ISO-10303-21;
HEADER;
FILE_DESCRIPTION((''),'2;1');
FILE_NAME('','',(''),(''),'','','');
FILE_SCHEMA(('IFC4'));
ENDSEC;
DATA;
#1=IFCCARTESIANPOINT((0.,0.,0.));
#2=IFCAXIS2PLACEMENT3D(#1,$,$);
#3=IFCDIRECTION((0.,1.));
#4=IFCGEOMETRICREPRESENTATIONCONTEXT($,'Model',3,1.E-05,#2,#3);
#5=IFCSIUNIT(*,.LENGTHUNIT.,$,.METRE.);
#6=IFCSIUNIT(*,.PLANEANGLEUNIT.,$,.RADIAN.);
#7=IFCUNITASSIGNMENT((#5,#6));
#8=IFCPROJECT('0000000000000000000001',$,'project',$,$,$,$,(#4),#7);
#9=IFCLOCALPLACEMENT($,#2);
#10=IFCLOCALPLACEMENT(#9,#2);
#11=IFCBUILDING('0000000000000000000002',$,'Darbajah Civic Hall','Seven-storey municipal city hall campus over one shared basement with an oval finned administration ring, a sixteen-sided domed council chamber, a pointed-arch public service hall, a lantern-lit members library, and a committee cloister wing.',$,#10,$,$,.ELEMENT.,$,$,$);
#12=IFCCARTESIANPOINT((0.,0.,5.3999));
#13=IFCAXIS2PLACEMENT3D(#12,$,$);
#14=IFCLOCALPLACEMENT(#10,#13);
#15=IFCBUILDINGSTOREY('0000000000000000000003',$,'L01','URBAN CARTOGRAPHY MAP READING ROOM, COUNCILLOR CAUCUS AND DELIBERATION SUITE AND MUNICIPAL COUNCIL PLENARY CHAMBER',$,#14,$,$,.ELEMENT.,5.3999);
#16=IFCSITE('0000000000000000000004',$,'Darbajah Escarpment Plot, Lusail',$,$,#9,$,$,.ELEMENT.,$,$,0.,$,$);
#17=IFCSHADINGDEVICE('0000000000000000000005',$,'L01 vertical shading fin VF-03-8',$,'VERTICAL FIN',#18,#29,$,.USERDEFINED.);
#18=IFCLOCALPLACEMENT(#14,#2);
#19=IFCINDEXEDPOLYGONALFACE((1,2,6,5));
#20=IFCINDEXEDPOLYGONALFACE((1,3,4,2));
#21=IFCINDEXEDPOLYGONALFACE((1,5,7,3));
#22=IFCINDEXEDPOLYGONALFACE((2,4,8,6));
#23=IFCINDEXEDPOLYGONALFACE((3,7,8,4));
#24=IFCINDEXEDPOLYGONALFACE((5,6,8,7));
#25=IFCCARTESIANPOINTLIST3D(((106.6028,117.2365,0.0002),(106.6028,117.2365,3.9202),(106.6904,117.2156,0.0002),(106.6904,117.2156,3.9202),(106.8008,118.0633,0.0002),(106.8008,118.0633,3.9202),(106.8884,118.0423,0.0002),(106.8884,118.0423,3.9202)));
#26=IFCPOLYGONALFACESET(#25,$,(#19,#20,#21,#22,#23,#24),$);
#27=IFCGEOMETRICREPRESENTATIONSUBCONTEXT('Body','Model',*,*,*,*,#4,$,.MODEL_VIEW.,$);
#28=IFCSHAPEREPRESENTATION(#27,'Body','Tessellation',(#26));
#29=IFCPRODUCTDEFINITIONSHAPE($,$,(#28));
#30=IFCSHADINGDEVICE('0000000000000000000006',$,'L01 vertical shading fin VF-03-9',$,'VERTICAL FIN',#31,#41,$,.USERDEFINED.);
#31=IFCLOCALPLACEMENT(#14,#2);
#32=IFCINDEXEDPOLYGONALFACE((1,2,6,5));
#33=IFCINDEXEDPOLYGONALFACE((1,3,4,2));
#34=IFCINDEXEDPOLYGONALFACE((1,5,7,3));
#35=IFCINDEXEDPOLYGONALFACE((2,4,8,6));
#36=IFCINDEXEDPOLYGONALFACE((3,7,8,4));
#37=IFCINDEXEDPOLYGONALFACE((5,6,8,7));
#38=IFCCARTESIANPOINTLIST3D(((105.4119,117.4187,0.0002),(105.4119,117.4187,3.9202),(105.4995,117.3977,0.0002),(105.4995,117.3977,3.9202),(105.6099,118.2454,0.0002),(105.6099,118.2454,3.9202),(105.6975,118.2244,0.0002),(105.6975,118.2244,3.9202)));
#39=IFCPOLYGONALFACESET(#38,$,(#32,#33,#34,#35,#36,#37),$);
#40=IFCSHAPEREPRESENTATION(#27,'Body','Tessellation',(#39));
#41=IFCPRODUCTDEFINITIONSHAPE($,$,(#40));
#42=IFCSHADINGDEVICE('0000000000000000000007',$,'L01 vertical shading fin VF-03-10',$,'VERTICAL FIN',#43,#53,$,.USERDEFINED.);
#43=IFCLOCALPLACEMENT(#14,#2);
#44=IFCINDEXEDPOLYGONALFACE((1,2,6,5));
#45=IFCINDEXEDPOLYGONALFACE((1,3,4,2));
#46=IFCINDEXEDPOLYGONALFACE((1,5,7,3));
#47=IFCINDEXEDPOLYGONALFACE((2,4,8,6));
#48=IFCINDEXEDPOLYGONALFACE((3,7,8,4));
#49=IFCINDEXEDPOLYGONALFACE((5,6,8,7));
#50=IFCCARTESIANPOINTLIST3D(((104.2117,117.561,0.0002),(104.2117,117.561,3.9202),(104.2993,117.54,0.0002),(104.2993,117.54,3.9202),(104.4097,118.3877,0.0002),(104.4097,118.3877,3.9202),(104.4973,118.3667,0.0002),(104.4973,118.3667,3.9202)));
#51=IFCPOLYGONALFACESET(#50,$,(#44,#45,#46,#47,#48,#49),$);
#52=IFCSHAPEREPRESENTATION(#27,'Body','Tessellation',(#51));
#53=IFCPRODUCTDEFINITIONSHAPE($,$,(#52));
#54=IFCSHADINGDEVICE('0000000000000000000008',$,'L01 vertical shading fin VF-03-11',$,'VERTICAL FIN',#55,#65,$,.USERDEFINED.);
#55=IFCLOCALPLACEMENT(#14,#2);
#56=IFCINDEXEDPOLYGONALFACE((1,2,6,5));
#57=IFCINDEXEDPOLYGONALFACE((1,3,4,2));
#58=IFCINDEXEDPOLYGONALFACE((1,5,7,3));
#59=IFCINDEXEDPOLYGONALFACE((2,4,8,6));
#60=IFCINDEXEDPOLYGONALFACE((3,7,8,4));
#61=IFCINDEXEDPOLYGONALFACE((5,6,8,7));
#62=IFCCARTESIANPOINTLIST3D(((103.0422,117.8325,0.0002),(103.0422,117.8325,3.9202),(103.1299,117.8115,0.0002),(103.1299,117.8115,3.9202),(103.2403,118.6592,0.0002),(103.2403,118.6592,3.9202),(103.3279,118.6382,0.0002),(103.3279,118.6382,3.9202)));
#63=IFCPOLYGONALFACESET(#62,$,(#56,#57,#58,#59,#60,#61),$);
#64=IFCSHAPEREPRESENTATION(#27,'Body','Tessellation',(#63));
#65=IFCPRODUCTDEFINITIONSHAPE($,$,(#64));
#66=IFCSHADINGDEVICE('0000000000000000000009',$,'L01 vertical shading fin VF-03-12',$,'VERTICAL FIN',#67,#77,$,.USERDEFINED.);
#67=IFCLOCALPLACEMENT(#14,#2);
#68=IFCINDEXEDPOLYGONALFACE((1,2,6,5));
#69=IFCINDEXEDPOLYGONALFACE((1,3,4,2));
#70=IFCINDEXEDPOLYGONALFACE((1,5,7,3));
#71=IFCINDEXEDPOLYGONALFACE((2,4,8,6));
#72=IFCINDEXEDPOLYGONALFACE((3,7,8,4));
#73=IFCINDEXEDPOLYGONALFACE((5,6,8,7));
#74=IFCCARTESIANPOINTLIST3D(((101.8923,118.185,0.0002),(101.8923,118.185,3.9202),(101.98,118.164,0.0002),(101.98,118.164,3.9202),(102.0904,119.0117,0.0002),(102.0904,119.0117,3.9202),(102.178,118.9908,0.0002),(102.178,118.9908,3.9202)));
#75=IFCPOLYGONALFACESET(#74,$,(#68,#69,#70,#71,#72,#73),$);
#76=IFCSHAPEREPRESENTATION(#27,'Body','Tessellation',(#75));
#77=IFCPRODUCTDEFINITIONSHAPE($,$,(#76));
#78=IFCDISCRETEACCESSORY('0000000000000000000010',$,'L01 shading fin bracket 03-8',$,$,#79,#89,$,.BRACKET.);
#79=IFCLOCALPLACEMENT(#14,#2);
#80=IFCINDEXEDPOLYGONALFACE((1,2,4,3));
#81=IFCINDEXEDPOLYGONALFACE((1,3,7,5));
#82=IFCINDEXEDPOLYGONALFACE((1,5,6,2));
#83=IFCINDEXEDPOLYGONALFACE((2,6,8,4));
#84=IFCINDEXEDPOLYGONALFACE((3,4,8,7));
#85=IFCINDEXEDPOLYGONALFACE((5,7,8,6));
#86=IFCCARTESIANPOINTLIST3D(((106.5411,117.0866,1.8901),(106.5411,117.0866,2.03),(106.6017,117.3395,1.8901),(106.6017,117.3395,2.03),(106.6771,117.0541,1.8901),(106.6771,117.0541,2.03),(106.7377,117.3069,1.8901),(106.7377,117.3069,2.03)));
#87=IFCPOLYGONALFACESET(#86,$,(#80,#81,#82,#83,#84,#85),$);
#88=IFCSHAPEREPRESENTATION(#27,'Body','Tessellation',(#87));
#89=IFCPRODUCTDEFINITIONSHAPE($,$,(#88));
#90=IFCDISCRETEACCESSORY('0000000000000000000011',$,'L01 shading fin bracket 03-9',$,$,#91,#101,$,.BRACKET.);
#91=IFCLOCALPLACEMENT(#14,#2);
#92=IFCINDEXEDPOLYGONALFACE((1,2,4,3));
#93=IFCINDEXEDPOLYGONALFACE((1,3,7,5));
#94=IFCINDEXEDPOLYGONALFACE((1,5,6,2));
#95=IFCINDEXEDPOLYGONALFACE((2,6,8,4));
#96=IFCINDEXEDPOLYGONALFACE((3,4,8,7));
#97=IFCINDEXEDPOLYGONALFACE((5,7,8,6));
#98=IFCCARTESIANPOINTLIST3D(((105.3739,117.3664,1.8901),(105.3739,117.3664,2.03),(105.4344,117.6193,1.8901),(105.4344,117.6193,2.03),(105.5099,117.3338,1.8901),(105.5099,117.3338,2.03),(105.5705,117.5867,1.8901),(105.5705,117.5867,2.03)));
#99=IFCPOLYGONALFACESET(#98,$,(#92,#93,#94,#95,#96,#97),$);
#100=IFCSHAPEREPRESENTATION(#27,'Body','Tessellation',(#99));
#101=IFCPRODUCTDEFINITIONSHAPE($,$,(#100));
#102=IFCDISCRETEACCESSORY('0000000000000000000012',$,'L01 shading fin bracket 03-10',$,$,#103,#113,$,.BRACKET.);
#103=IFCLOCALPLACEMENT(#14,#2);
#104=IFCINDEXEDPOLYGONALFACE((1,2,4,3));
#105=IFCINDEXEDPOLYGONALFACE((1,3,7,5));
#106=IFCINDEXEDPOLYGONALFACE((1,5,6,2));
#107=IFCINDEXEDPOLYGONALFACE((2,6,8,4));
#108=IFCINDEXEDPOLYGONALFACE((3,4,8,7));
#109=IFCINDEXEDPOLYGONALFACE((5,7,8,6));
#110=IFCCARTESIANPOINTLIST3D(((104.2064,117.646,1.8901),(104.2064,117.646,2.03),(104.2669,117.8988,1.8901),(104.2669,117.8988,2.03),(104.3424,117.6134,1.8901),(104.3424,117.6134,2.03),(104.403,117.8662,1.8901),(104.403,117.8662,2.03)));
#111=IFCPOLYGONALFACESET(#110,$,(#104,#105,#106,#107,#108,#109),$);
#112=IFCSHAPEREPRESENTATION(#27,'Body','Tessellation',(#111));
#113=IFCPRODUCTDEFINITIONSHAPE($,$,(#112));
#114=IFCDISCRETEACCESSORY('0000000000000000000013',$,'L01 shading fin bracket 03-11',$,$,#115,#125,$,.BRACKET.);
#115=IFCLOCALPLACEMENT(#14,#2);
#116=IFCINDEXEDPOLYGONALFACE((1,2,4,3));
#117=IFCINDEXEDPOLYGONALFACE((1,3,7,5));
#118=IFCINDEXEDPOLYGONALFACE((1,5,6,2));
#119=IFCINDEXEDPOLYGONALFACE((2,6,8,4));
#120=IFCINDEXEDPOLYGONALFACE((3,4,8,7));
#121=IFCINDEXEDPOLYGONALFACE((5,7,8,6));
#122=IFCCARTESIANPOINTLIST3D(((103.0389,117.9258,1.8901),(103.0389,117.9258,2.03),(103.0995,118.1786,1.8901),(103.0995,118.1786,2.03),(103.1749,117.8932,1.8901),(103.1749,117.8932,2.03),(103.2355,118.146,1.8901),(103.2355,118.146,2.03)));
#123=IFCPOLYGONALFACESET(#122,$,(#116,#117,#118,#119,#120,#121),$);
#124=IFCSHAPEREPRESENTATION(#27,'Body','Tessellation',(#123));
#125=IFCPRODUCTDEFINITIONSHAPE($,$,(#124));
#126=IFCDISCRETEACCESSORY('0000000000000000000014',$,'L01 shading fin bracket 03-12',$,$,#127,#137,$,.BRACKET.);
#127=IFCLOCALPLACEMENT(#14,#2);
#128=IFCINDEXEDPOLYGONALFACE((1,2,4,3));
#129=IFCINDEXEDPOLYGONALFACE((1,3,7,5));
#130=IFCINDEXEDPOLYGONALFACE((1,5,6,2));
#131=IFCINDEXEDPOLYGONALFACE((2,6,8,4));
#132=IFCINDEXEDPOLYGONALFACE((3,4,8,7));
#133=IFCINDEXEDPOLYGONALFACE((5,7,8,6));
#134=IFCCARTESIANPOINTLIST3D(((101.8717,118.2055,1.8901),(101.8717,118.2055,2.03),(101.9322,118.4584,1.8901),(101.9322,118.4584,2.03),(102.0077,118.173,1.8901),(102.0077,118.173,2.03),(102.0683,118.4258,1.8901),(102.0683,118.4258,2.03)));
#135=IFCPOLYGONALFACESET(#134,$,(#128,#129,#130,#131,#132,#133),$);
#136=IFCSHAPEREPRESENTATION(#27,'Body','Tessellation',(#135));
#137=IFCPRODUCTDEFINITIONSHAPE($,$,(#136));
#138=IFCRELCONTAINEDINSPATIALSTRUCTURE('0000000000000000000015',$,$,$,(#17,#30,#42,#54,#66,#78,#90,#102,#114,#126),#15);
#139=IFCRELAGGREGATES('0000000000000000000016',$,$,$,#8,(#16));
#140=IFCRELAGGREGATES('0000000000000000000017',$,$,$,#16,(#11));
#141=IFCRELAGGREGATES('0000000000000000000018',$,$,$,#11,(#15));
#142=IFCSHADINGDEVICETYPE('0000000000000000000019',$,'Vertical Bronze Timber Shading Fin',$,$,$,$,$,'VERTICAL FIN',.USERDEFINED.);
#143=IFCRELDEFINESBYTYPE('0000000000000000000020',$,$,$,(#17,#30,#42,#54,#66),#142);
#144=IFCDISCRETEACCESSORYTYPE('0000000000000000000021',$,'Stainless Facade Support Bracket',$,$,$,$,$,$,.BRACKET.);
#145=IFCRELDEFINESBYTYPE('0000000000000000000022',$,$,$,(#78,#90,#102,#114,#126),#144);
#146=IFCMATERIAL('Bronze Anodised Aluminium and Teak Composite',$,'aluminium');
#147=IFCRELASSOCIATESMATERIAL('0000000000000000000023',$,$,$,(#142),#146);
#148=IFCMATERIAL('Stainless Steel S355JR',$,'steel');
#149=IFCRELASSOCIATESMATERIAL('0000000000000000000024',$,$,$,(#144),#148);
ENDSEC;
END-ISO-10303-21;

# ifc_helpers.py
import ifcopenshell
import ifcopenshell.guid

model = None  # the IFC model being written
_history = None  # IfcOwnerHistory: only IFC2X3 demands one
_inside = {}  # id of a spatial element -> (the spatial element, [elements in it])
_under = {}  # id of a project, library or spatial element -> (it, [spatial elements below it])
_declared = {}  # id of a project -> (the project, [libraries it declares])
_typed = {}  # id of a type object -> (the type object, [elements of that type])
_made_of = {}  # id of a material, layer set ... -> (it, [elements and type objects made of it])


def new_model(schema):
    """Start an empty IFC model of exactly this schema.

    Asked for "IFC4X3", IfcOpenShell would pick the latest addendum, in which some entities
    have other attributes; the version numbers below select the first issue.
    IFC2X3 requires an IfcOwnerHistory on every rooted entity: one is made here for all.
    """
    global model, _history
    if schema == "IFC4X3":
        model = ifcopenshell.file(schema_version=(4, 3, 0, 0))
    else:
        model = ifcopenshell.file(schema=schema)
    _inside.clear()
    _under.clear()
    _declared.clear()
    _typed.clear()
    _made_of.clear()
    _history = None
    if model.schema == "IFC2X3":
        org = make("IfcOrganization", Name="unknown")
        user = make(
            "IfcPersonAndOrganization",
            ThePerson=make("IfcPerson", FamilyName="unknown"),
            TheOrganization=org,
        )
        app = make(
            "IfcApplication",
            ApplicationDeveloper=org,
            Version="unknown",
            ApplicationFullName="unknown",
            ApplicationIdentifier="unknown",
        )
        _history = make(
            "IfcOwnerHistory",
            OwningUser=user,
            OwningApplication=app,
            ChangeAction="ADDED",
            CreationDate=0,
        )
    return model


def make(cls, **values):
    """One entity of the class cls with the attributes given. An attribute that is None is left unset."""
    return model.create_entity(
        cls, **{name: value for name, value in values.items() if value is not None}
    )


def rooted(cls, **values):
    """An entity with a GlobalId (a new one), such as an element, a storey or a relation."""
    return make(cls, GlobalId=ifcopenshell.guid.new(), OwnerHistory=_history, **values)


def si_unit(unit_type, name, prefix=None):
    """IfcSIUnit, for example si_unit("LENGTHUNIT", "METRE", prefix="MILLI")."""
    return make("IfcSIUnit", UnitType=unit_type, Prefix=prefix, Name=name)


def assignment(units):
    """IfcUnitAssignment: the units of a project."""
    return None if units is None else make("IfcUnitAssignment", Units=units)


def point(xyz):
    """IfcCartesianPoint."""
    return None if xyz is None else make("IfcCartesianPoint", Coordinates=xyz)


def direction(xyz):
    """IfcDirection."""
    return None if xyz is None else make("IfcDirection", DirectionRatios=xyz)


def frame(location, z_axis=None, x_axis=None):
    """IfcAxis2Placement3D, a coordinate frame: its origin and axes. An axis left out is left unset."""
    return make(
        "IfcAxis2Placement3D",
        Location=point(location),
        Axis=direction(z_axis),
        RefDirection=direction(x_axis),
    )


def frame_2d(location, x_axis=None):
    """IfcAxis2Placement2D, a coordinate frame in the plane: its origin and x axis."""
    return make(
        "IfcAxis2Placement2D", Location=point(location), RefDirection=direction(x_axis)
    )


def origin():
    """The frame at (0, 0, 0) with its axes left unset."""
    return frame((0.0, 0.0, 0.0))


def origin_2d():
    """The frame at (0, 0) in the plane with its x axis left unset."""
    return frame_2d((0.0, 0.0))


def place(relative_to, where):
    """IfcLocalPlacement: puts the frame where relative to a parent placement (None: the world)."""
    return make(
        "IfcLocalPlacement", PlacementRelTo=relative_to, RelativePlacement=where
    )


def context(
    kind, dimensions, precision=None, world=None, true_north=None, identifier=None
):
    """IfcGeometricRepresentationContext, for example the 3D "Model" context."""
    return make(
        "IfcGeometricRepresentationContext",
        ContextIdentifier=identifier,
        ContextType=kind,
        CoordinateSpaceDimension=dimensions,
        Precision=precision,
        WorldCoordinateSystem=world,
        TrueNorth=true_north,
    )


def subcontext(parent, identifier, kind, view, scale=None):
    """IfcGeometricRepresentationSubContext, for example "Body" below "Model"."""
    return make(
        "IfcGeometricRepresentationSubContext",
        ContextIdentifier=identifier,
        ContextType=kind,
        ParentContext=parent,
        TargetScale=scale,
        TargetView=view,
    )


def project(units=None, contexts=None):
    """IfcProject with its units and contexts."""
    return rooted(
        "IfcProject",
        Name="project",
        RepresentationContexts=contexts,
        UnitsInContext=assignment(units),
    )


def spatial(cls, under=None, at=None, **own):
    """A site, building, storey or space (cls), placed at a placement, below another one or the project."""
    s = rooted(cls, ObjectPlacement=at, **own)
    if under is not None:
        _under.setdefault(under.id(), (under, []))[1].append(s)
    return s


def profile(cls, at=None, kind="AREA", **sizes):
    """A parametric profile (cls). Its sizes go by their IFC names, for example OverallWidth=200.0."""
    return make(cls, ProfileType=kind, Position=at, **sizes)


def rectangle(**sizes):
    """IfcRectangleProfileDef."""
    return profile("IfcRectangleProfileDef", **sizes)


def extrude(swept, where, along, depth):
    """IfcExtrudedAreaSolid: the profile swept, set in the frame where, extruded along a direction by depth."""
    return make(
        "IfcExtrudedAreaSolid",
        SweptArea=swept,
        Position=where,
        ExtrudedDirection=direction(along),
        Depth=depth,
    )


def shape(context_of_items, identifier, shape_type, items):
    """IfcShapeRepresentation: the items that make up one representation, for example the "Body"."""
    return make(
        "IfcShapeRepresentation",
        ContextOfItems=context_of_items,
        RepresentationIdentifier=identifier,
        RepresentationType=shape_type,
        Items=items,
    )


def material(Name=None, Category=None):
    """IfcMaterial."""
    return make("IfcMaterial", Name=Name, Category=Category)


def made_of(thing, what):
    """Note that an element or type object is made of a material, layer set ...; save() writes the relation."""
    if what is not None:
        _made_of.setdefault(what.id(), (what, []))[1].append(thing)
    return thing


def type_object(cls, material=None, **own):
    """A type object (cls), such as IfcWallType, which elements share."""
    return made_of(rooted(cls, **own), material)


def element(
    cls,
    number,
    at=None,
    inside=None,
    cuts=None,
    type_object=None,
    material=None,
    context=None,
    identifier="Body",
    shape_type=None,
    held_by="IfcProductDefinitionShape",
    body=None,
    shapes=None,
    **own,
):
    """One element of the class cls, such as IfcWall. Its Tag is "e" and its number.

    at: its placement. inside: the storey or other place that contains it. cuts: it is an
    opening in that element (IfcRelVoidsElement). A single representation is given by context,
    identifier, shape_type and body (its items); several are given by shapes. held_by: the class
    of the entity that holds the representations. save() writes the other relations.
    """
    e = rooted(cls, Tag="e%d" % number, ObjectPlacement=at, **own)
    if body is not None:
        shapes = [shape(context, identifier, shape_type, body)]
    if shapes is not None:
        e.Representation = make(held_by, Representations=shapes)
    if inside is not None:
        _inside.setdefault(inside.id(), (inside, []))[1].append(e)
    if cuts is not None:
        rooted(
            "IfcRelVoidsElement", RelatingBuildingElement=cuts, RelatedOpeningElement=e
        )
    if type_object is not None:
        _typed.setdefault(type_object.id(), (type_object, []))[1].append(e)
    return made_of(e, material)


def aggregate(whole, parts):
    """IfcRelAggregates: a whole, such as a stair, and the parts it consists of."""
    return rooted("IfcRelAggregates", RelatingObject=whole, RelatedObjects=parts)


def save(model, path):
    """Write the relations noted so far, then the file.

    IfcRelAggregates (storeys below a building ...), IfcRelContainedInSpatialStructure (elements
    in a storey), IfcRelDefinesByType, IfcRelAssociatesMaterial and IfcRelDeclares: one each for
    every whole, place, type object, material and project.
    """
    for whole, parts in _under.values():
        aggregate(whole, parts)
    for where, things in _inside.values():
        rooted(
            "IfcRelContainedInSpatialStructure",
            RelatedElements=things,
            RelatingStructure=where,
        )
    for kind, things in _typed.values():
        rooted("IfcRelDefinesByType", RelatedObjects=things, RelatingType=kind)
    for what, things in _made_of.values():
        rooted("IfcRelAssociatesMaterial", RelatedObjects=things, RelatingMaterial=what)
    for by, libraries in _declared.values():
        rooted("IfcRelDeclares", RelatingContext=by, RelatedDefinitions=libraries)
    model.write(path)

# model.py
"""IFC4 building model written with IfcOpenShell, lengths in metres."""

from ifc_helpers import new_model, si_unit, direction, frame, origin, origin_2d, place, context, subcontext, project, spatial, rectangle, extrude, material, type_object, element, save


model = new_model("IFC4")

# Units and contexts
model_context = context("Model", 3, precision=1e-05, world=origin(), true_north=direction((0.0, 1.0)))
body_context = subcontext(model_context, "Body", "Model", "MODEL_VIEW")
ifc_project = project(units=[si_unit("LENGTHUNIT", "METRE"), si_unit("PLANEANGLEUNIT", "RADIAN")], contexts=[model_context])

# Site, building, storey
site_placement = place(None, origin())
site = spatial("IfcSite", under=ifc_project, at=site_placement, Name="Darbajah Escarpment Plot, Lusail", CompositionType="ELEMENT", RefElevation=0.0)
building_placement = place(site_placement, origin())
building = spatial("IfcBuilding", under=site, at=building_placement, Name="Darbajah Civic Hall", Description="Seven-storey municipal city hall campus over one shared basement with an oval finned administration ring, a sixteen-sided domed council chamber, a pointed-arch public service hall, a lantern-lit members library, and a committee cloister wing.", CompositionType="ELEMENT")
storey_placement = place(building_placement, frame((0.0, 0.0, 5.3999)))
storey = spatial("IfcBuildingStorey", under=building, at=storey_placement, Name="L01", Description="URBAN CARTOGRAPHY MAP READING ROOM, COUNCILLOR CAUCUS AND DELIBERATION SUITE AND MUNICIPAL COUNCIL PLENARY CHAMBER", CompositionType="ELEMENT", Elevation=5.3999)

# Shading devices
ifc_material_1 = material(Name="Bronze Anodised Aluminium and Teak Composite", Category="aluminium")
shading_device_type = type_object("IfcShadingDeviceType", Name="Vertical Bronze Timber Shading Fin", ElementType="VERTICAL FIN", PredefinedType="USERDEFINED", material=ifc_material_1)
for number, where, z_axis, x_axis, name in (
    (1, (106.7456, 117.6394, 0.0002), (0.0, 0.0, 1.0), (0.232936, 0.972492, 0.0), "L01 vertical shading fin VF-03-8"),
    (2, (105.5547, 117.8215, 0.0002), (0.0, 0.0, 1.0), (0.232936, 0.972492, 0.0), "L01 vertical shading fin VF-03-9"),
    (3, (104.3545, 117.9639, 0.0002), (0.0, 0.0, 1.0), (0.232936, 0.972492, 0.0), "L01 vertical shading fin VF-03-10"),
    (4, (103.1851, 118.2354, 0.0002), (0.0, 0.0, 1.0), (0.232936, 0.972492, 0.0), "L01 vertical shading fin VF-03-11"),
    (5, (102.0352, 118.5879, 0.0002), (0.0, 0.0, 1.0), (0.232936, 0.972492, 0.0), "L01 vertical shading fin VF-03-12"),
):
    element("IfcShadingDevice", number, at=place(storey_placement, frame(where, z_axis=z_axis, x_axis=x_axis)), inside=storey, type_object=shading_device_type, Name=name, ObjectType="VERTICAL FIN", PredefinedType="USERDEFINED", context=body_context, shape_type="SweptSolid", body=[
        extrude(rectangle(XDim=0.8501, YDim=0.0901, at=origin_2d()), origin(), (0.0, 0.0, 1.0), 3.9199),
    ])

# Discrete accessories
ifc_material_2 = material(Name="Stainless Steel S355JR", Category="steel")
discrete_accessory_type = type_object("IfcDiscreteAccessoryType", Name="Stainless Facade Support Bracket", PredefinedType="BRACKET", material=ifc_material_2)
for number, where, z_axis, x_axis, name in (
    (6, (106.6394, 117.1968, 1.8901), (0.0, 0.0, 1.0), (0.232936, 0.972492, 0.0), "L01 shading fin bracket 03-8"),
    (7, (105.4722, 117.4766, 1.8901), (0.0, 0.0, 1.0), (0.232936, 0.972492, 0.0), "L01 shading fin bracket 03-9"),
    (8, (104.3047, 117.7561, 1.8901), (0.0, 0.0, 1.0), (0.232936, 0.972492, 0.0), "L01 shading fin bracket 03-10"),
    (9, (103.1372, 118.0359, 1.8901), (0.0, 0.0, 1.0), (0.232936, 0.972492, 0.0), "L01 shading fin bracket 03-11"),
    (10, (101.97, 118.3157, 1.8901), (0.0, 0.0, 1.0), (0.232936, 0.972492, 0.0), "L01 shading fin bracket 03-12"),
):
    element("IfcDiscreteAccessory", number, at=place(storey_placement, frame(where, z_axis=z_axis, x_axis=x_axis)), inside=storey, type_object=discrete_accessory_type, Name=name, PredefinedType="BRACKET", context=body_context, shape_type="SweptSolid", body=[
        extrude(rectangle(XDim=0.26, YDim=0.1399, at=origin_2d()), origin(), (0.0, 0.0, 1.0), 0.1399),
    ])

save(model, "model.ifc")
